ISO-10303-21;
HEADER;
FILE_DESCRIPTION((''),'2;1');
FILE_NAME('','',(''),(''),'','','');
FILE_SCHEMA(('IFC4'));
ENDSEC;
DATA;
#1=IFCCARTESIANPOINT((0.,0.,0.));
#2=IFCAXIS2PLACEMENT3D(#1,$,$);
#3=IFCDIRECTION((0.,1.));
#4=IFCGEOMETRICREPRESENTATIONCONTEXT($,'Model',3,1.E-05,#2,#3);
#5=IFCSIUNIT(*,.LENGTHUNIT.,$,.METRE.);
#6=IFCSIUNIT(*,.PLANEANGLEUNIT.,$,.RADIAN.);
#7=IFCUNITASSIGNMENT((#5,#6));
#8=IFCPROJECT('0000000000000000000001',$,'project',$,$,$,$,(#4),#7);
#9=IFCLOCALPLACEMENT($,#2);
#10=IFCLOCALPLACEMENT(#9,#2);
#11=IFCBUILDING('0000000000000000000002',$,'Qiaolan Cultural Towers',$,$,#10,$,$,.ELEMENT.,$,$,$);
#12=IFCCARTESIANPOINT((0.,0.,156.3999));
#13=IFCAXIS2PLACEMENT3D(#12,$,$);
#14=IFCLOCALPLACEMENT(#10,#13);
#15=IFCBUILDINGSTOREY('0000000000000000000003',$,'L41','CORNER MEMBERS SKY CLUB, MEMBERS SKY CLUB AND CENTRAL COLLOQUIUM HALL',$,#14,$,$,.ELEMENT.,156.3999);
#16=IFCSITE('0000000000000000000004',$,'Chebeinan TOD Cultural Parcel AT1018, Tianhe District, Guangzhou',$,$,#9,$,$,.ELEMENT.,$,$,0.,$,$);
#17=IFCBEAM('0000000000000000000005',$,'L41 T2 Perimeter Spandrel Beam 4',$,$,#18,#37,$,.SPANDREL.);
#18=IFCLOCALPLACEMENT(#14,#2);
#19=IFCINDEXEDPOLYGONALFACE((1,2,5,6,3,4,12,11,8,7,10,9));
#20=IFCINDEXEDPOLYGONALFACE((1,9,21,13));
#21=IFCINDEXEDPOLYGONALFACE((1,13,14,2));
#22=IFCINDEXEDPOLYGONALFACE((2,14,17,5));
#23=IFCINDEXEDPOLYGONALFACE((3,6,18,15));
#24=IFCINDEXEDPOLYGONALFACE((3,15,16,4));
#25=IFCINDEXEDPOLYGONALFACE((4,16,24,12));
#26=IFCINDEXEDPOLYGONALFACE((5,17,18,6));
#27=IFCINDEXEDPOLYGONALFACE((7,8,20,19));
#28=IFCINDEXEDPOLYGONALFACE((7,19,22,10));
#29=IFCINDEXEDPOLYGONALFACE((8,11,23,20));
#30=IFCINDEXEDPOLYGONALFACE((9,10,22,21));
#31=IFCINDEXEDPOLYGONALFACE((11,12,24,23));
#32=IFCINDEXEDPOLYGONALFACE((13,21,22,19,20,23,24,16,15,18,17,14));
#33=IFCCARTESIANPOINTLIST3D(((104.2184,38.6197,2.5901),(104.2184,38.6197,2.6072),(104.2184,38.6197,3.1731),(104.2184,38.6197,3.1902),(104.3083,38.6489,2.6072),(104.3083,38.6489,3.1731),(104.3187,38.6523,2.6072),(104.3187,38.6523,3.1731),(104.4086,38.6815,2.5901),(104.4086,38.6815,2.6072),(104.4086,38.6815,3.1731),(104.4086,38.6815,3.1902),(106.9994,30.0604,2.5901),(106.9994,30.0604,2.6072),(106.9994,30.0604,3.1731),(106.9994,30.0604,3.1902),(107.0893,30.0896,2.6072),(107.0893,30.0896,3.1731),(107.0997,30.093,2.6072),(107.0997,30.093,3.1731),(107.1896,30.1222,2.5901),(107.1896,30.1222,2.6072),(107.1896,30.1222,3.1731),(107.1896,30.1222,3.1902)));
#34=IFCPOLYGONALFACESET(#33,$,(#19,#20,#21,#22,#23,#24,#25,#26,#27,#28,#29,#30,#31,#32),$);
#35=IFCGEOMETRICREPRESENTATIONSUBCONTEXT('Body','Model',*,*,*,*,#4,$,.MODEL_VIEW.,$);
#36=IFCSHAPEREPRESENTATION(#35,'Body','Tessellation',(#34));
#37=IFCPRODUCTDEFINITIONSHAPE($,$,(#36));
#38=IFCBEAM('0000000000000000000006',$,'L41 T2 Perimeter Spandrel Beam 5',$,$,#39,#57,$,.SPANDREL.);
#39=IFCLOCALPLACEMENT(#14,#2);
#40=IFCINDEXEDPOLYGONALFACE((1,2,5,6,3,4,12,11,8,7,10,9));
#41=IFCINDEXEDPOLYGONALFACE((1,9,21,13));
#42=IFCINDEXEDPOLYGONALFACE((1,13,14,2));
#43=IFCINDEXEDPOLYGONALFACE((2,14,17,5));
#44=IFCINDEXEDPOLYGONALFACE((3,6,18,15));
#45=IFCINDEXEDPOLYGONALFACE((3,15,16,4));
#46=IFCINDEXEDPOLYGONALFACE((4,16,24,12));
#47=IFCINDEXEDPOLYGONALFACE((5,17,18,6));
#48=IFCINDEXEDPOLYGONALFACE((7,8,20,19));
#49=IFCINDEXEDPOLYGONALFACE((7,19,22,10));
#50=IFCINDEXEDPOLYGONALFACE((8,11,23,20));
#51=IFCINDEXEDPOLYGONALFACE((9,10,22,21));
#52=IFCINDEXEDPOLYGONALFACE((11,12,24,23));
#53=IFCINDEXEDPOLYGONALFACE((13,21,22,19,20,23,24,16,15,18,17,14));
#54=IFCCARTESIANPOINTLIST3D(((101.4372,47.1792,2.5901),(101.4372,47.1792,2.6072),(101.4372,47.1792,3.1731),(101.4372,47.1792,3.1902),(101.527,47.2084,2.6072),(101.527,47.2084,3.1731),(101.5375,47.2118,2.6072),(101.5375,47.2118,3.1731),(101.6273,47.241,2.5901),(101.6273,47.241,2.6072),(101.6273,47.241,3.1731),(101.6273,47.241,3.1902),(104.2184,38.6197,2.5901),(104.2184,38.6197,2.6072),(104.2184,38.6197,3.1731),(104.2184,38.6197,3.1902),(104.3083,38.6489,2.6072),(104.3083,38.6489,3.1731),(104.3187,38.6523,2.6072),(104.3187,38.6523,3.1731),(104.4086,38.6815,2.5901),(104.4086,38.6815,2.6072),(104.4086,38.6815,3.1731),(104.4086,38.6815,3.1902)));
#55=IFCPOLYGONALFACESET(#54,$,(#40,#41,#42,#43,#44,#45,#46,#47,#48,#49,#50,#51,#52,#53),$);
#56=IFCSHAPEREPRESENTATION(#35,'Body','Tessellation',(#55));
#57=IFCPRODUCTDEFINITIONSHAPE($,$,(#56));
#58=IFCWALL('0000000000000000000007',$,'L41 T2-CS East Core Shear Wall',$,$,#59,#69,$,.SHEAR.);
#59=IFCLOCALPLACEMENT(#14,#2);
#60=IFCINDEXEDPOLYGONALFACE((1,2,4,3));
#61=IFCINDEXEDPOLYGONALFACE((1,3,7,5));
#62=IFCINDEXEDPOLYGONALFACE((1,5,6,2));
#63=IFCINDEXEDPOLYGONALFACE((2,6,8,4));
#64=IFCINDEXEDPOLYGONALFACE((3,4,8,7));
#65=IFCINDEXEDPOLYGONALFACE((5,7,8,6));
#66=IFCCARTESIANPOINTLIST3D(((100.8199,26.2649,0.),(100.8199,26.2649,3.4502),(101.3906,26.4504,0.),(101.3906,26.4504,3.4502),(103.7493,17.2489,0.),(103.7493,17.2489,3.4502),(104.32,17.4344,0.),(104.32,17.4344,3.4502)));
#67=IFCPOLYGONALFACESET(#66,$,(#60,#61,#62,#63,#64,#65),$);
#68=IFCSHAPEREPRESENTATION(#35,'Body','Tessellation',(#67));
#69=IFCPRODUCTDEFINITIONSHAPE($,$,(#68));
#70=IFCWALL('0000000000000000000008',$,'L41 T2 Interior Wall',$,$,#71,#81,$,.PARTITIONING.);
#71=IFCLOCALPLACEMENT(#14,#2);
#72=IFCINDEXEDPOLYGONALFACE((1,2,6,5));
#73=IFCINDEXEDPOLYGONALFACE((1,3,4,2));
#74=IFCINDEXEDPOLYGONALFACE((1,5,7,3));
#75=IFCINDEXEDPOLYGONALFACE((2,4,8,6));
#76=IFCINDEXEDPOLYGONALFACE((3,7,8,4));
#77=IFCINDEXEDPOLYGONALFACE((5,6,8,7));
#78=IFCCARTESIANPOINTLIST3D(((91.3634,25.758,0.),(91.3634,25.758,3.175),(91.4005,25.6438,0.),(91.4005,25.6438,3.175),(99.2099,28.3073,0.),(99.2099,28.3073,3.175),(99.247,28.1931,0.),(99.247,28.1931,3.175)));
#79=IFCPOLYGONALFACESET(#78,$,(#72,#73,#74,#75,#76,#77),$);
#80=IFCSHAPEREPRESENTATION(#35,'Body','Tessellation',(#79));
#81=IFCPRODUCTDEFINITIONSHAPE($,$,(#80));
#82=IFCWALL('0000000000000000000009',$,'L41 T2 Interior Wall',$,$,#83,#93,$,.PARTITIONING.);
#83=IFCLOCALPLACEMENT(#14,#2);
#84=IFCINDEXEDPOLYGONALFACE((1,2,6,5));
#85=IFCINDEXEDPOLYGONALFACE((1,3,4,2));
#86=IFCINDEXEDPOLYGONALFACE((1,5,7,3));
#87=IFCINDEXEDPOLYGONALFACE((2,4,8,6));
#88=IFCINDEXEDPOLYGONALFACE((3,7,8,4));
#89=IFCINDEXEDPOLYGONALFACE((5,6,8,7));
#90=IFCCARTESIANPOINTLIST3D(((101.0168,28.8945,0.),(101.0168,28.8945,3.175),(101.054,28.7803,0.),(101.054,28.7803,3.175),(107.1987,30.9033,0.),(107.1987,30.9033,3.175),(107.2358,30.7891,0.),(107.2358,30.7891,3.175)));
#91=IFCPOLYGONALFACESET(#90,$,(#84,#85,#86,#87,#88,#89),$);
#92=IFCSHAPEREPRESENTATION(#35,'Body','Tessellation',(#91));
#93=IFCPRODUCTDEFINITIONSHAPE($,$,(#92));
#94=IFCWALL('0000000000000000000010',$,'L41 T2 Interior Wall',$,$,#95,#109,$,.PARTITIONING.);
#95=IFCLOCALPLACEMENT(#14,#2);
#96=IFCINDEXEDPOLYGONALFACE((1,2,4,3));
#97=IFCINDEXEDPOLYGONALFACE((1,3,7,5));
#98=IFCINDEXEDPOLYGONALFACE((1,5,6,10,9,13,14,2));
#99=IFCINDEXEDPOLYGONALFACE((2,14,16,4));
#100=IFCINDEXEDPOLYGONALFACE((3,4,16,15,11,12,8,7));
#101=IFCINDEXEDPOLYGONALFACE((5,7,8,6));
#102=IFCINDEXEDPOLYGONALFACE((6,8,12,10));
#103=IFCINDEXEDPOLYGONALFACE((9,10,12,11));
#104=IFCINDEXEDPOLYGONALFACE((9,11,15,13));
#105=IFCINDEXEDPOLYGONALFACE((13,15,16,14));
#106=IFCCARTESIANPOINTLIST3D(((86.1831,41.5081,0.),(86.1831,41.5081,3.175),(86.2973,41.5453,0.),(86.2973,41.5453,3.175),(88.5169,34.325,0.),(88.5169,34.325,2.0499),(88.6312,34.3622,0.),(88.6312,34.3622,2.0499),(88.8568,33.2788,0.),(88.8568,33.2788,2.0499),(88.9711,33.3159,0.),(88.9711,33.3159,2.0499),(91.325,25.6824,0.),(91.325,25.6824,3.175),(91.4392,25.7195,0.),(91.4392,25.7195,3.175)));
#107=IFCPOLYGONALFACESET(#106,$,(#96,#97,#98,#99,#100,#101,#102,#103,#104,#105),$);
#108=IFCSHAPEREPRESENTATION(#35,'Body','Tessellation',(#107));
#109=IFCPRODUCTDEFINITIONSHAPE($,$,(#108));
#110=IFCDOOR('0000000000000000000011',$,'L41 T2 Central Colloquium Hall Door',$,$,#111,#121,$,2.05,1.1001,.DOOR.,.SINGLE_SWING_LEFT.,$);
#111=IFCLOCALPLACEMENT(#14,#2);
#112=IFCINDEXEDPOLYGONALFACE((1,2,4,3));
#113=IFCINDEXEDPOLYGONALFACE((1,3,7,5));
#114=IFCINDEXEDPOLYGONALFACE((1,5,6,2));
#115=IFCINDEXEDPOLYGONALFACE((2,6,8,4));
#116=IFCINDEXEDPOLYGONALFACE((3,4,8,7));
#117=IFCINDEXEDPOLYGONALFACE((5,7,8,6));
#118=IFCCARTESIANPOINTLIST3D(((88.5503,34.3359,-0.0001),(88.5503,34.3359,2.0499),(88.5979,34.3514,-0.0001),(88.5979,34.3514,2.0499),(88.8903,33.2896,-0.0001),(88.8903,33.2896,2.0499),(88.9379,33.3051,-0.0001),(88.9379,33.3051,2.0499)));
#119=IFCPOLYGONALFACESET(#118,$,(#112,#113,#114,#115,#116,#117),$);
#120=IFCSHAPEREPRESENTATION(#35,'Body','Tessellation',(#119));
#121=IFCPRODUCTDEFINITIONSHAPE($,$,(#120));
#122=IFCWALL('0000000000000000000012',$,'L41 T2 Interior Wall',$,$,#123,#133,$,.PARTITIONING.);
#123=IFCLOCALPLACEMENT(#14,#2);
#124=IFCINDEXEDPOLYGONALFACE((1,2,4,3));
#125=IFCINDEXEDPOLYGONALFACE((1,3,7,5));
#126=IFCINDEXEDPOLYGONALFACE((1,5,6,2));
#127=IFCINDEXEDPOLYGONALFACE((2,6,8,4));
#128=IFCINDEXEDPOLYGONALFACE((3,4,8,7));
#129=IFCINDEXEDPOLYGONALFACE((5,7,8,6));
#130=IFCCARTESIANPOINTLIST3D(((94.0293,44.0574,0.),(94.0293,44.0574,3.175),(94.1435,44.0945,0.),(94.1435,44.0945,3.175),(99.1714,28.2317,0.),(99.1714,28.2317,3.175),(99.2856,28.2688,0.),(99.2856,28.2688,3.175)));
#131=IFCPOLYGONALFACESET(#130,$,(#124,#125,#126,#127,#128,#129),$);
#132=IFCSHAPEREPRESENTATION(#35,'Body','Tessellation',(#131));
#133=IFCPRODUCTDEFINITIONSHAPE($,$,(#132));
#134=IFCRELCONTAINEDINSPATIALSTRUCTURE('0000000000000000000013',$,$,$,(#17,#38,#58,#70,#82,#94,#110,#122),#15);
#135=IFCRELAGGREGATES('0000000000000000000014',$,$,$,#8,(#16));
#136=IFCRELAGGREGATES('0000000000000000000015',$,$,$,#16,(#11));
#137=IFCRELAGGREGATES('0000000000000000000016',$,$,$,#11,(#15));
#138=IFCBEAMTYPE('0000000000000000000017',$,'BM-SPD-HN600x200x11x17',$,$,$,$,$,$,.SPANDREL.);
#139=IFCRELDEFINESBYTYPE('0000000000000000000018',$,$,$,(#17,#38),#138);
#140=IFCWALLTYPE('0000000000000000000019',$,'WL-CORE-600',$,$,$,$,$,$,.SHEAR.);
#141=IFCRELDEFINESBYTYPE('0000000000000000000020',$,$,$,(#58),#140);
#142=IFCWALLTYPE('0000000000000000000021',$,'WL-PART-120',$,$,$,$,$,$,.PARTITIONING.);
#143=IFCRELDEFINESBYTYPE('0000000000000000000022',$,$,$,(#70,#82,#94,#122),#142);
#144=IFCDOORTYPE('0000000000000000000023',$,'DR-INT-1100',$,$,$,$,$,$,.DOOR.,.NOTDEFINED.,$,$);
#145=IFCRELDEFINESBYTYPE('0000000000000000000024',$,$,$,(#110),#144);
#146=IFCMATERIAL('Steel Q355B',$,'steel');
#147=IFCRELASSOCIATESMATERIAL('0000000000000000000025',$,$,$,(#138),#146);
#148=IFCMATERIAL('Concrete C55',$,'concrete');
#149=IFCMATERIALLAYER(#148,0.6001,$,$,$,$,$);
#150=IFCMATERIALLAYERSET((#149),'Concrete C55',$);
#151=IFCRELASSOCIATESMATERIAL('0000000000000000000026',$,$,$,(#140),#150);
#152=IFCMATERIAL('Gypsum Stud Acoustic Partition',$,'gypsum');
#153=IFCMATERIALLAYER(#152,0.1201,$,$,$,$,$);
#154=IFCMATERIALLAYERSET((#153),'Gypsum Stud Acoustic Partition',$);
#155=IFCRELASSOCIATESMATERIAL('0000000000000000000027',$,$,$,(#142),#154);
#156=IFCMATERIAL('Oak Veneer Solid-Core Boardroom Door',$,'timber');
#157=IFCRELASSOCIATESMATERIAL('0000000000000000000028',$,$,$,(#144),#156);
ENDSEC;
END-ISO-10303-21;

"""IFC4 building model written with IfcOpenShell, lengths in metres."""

from ifc_helpers import new_model, si_unit, direction, frame, frame_2d, origin, origin_2d, place, context, subcontext, project, spatial, rectangle, i_section, extrude, material, layer, layer_set, material_profile, profile_set, type_object, element, fill, save


model = new_model("IFC4")

# Units and contexts
model_context = context("Model", 3, precision=1e-05, world=origin(), true_north=direction((0.0, 1.0)))
body_context = subcontext(model_context, "Body", "Model", "MODEL_VIEW")
ifc_project = project(units=[si_unit("LENGTHUNIT", "METRE"), si_unit("PLANEANGLEUNIT", "RADIAN")], contexts=[model_context])

# Site, building, storey
site_placement = place(None, origin())
site = spatial("IfcSite", under=ifc_project, at=site_placement, Name="Chebeinan TOD Cultural Parcel AT1018, Tianhe District, Guangzhou", CompositionType="ELEMENT", RefElevation=0.0)
building_placement = place(site_placement, origin())
building = spatial("IfcBuilding", under=site, at=building_placement, Name="Qiaolan Cultural Towers", CompositionType="ELEMENT")
storey_placement = place(building_placement, frame((0.0, 0.0, 156.3999)))
storey = spatial("IfcBuildingStorey", under=building, at=storey_placement, Name="L41", Description="CORNER MEMBERS SKY CLUB, MEMBERS SKY CLUB AND CENTRAL COLLOQUIUM HALL", CompositionType="ELEMENT", Elevation=156.3999)

# Beams
ifc_material_1 = material(Name="Steel Q355B", Category="steel")
ifc_material_profile_1 = material_profile(ifc_material_1, i_section(OverallWidth=0.2, OverallDepth=0.6001, WebThickness=0.011, FlangeThickness=0.0171, at=origin_2d()), Name="HN600x200x11x17")
ifc_profile_set_1 = profile_set([ifc_material_profile_1], Name="Steel Q355B")
beam_type_1 = type_object("IfcBeamType", Name="BM-SPD-HN600x200x11x17", PredefinedType="SPANDREL", material=ifc_profile_set_1)
beam_1_placement = place(storey_placement, frame((107.0945, 30.0913, 2.8901), z_axis=(-0.309008, 0.951059, 0.0), x_axis=(-0.951059, -0.309008, 0.0)))
element("IfcBeam", 1, at=beam_1_placement, inside=storey, type_object=beam_type_1, Name="L41 T2 Perimeter Spandrel Beam 4", PredefinedType="SPANDREL", context=body_context, shape_type="SweptSolid", body=[
    extrude(i_section(OverallWidth=0.2, OverallDepth=0.6001, WebThickness=0.011, FlangeThickness=0.0171, at=origin_2d()), origin(), (0.0, 0.0, 1.0), 8.9998),
])
beam_2_placement = place(storey_placement, frame((104.3135, 38.6506, 2.8901), z_axis=(-0.309025, 0.951054, 0.0), x_axis=(-0.951054, -0.309025, 0.0)))
element("IfcBeam", 2, at=beam_2_placement, inside=storey, type_object=beam_type_1, Name="L41 T2 Perimeter Spandrel Beam 5", PredefinedType="SPANDREL", context=body_context, shape_type="SweptSolid", body=[
    extrude(i_section(OverallWidth=0.2, OverallDepth=0.6001, WebThickness=0.011, FlangeThickness=0.0171, at=origin_2d()), origin(), (0.0, 0.0, 1.0), 9.0),
])

# Walls
ifc_material_2 = material(Name="Concrete C55", Category="concrete")
ifc_layer_1 = layer(ifc_material_2, 0.6001)
ifc_layer_set_1 = layer_set([ifc_layer_1], Name="Concrete C55")
wall_type_1 = type_object("IfcWallType", Name="WL-CORE-600", PredefinedType="SHEAR", material=ifc_layer_set_1)
wall_1_placement = place(storey_placement, frame((101.1052, 26.3577, 0.0), z_axis=(0.0, 0.0, 1.0), x_axis=(0.30901, -0.951059, 0.0)))
element("IfcWall", 3, at=wall_1_placement, inside=storey, type_object=wall_type_1, Name="L41 T2-CS East Core Shear Wall", PredefinedType="SHEAR", context=body_context, shape_type="SweptSolid", body=[
    extrude(rectangle(XDim=9.48, YDim=0.6001, at=frame_2d((4.74, 0.0))), origin(), (0.0, 0.0, 1.0), 3.4502),
])
ifc_material_3 = material(Name="Gypsum Stud Acoustic Partition", Category="gypsum")
ifc_layer_2 = layer(ifc_material_3, 0.1201)
ifc_layer_set_2 = layer_set([ifc_layer_2], Name="Gypsum Stud Acoustic Partition")
wall_type_2 = type_object("IfcWallType", Name="WL-PART-120", PredefinedType="PARTITIONING", material=ifc_layer_set_2)
wall_2_placement = place(storey_placement, frame((91.3821, 25.7009, 0.0), z_axis=(0.0, 0.0, 1.0), x_axis=(0.951062, 0.309001, 0.0)))
element("IfcWall", 4, at=wall_2_placement, inside=storey, type_object=wall_type_2, Name="L41 T2 Interior Wall", PredefinedType="PARTITIONING", context=body_context, shape_type="SweptSolid", body=[
    extrude(rectangle(XDim=8.2502, YDim=0.1201, at=frame_2d((4.125, 0.0))), origin(), (0.0, 0.0, 1.0), 3.175),
])
wall_3_placement = place(storey_placement, frame((101.0354, 28.8374, 0.0), z_axis=(0.0, 0.0, 1.0), x_axis=(0.951049, 0.309041, 0.0)))
element("IfcWall", 5, at=wall_3_placement, inside=storey, type_object=wall_type_2, Name="L41 T2 Interior Wall", PredefinedType="PARTITIONING", context=body_context, shape_type="SweptSolid", body=[
    extrude(rectangle(XDim=6.5, YDim=0.1201, at=frame_2d((3.25, 0.0))), origin(), (0.0, 0.0, 1.0), 3.175),
])

# Wall, opening, door
wall_4_placement = place(storey_placement, frame((91.3821, 25.7009, 0.0), z_axis=(0.0, 0.0, 1.0), x_axis=(-0.309004, 0.951061, 0.0)))
wall_4 = element("IfcWall", 6, at=wall_4_placement, inside=storey, type_object=wall_type_2, Name="L41 T2 Interior Wall", PredefinedType="PARTITIONING", context=body_context, shape_type="SweptSolid", body=[
    extrude(rectangle(XDim=16.6401, YDim=0.1201, at=frame_2d((8.3201, 0.0))), origin(), (0.0, 0.0, 1.0), 3.175),
])
opening_1_placement = place(wall_4_placement, frame((7.9873, 0.0, 0.0)))
opening_1 = element("IfcOpeningElement", 7, at=opening_1_placement, cuts=wall_4, PredefinedType="OPENING", context=body_context, shape_type="SweptSolid", body=[
    extrude(rectangle(XDim=1.1001, YDim=2.05, at=frame_2d((0.55, 1.0249))), frame((0.0, 0.0701, 0.0), z_axis=(0.0, -1.0, 0.0), x_axis=(1.0, 0.0, 0.0)), (0.0, 0.0, 1.0), 0.1401),
])
ifc_material_4 = material(Name="Oak Veneer Solid-Core Boardroom Door", Category="timber")
door_type_1 = type_object("IfcDoorType", Name="DR-INT-1100", OperationType="NOTDEFINED", PredefinedType="DOOR", material=ifc_material_4)
door_1_placement = place(opening_1_placement, origin())
door_1 = element("IfcDoor", 8, at=door_1_placement, inside=storey, type_object=door_type_1, Name="L41 T2 Central Colloquium Hall Door", OperationType="SINGLE_SWING_LEFT", OverallHeight=2.05, OverallWidth=1.1001, PredefinedType="DOOR", context=body_context, shape_type="SweptSolid", body=[
    extrude(rectangle(XDim=1.1001, YDim=2.05, at=frame_2d((0.55, 1.0249))), frame((0.0, 0.0249, 0.0), z_axis=(0.0, -1.0, 0.0), x_axis=(1.0, 0.0, 0.0)), (0.0, 0.0, 1.0), 0.05),
])
fill(opening_1, door_1)

# Wall
wall_5_placement = place(storey_placement, frame((99.2285, 28.2502, 0.0), z_axis=(0.0, 0.0, 1.0), x_axis=(-0.309018, 0.951056, 0.0)))
element("IfcWall", 9, at=wall_5_placement, inside=storey, type_object=wall_type_2, Name="L41 T2 Interior Wall", PredefinedType="PARTITIONING", context=body_context, shape_type="SweptSolid", body=[
    extrude(rectangle(XDim=16.6401, YDim=0.1201, at=frame_2d((8.3201, 0.0))), origin(), (0.0, 0.0, 1.0), 3.175),
])

save(model, "model.ifc")
